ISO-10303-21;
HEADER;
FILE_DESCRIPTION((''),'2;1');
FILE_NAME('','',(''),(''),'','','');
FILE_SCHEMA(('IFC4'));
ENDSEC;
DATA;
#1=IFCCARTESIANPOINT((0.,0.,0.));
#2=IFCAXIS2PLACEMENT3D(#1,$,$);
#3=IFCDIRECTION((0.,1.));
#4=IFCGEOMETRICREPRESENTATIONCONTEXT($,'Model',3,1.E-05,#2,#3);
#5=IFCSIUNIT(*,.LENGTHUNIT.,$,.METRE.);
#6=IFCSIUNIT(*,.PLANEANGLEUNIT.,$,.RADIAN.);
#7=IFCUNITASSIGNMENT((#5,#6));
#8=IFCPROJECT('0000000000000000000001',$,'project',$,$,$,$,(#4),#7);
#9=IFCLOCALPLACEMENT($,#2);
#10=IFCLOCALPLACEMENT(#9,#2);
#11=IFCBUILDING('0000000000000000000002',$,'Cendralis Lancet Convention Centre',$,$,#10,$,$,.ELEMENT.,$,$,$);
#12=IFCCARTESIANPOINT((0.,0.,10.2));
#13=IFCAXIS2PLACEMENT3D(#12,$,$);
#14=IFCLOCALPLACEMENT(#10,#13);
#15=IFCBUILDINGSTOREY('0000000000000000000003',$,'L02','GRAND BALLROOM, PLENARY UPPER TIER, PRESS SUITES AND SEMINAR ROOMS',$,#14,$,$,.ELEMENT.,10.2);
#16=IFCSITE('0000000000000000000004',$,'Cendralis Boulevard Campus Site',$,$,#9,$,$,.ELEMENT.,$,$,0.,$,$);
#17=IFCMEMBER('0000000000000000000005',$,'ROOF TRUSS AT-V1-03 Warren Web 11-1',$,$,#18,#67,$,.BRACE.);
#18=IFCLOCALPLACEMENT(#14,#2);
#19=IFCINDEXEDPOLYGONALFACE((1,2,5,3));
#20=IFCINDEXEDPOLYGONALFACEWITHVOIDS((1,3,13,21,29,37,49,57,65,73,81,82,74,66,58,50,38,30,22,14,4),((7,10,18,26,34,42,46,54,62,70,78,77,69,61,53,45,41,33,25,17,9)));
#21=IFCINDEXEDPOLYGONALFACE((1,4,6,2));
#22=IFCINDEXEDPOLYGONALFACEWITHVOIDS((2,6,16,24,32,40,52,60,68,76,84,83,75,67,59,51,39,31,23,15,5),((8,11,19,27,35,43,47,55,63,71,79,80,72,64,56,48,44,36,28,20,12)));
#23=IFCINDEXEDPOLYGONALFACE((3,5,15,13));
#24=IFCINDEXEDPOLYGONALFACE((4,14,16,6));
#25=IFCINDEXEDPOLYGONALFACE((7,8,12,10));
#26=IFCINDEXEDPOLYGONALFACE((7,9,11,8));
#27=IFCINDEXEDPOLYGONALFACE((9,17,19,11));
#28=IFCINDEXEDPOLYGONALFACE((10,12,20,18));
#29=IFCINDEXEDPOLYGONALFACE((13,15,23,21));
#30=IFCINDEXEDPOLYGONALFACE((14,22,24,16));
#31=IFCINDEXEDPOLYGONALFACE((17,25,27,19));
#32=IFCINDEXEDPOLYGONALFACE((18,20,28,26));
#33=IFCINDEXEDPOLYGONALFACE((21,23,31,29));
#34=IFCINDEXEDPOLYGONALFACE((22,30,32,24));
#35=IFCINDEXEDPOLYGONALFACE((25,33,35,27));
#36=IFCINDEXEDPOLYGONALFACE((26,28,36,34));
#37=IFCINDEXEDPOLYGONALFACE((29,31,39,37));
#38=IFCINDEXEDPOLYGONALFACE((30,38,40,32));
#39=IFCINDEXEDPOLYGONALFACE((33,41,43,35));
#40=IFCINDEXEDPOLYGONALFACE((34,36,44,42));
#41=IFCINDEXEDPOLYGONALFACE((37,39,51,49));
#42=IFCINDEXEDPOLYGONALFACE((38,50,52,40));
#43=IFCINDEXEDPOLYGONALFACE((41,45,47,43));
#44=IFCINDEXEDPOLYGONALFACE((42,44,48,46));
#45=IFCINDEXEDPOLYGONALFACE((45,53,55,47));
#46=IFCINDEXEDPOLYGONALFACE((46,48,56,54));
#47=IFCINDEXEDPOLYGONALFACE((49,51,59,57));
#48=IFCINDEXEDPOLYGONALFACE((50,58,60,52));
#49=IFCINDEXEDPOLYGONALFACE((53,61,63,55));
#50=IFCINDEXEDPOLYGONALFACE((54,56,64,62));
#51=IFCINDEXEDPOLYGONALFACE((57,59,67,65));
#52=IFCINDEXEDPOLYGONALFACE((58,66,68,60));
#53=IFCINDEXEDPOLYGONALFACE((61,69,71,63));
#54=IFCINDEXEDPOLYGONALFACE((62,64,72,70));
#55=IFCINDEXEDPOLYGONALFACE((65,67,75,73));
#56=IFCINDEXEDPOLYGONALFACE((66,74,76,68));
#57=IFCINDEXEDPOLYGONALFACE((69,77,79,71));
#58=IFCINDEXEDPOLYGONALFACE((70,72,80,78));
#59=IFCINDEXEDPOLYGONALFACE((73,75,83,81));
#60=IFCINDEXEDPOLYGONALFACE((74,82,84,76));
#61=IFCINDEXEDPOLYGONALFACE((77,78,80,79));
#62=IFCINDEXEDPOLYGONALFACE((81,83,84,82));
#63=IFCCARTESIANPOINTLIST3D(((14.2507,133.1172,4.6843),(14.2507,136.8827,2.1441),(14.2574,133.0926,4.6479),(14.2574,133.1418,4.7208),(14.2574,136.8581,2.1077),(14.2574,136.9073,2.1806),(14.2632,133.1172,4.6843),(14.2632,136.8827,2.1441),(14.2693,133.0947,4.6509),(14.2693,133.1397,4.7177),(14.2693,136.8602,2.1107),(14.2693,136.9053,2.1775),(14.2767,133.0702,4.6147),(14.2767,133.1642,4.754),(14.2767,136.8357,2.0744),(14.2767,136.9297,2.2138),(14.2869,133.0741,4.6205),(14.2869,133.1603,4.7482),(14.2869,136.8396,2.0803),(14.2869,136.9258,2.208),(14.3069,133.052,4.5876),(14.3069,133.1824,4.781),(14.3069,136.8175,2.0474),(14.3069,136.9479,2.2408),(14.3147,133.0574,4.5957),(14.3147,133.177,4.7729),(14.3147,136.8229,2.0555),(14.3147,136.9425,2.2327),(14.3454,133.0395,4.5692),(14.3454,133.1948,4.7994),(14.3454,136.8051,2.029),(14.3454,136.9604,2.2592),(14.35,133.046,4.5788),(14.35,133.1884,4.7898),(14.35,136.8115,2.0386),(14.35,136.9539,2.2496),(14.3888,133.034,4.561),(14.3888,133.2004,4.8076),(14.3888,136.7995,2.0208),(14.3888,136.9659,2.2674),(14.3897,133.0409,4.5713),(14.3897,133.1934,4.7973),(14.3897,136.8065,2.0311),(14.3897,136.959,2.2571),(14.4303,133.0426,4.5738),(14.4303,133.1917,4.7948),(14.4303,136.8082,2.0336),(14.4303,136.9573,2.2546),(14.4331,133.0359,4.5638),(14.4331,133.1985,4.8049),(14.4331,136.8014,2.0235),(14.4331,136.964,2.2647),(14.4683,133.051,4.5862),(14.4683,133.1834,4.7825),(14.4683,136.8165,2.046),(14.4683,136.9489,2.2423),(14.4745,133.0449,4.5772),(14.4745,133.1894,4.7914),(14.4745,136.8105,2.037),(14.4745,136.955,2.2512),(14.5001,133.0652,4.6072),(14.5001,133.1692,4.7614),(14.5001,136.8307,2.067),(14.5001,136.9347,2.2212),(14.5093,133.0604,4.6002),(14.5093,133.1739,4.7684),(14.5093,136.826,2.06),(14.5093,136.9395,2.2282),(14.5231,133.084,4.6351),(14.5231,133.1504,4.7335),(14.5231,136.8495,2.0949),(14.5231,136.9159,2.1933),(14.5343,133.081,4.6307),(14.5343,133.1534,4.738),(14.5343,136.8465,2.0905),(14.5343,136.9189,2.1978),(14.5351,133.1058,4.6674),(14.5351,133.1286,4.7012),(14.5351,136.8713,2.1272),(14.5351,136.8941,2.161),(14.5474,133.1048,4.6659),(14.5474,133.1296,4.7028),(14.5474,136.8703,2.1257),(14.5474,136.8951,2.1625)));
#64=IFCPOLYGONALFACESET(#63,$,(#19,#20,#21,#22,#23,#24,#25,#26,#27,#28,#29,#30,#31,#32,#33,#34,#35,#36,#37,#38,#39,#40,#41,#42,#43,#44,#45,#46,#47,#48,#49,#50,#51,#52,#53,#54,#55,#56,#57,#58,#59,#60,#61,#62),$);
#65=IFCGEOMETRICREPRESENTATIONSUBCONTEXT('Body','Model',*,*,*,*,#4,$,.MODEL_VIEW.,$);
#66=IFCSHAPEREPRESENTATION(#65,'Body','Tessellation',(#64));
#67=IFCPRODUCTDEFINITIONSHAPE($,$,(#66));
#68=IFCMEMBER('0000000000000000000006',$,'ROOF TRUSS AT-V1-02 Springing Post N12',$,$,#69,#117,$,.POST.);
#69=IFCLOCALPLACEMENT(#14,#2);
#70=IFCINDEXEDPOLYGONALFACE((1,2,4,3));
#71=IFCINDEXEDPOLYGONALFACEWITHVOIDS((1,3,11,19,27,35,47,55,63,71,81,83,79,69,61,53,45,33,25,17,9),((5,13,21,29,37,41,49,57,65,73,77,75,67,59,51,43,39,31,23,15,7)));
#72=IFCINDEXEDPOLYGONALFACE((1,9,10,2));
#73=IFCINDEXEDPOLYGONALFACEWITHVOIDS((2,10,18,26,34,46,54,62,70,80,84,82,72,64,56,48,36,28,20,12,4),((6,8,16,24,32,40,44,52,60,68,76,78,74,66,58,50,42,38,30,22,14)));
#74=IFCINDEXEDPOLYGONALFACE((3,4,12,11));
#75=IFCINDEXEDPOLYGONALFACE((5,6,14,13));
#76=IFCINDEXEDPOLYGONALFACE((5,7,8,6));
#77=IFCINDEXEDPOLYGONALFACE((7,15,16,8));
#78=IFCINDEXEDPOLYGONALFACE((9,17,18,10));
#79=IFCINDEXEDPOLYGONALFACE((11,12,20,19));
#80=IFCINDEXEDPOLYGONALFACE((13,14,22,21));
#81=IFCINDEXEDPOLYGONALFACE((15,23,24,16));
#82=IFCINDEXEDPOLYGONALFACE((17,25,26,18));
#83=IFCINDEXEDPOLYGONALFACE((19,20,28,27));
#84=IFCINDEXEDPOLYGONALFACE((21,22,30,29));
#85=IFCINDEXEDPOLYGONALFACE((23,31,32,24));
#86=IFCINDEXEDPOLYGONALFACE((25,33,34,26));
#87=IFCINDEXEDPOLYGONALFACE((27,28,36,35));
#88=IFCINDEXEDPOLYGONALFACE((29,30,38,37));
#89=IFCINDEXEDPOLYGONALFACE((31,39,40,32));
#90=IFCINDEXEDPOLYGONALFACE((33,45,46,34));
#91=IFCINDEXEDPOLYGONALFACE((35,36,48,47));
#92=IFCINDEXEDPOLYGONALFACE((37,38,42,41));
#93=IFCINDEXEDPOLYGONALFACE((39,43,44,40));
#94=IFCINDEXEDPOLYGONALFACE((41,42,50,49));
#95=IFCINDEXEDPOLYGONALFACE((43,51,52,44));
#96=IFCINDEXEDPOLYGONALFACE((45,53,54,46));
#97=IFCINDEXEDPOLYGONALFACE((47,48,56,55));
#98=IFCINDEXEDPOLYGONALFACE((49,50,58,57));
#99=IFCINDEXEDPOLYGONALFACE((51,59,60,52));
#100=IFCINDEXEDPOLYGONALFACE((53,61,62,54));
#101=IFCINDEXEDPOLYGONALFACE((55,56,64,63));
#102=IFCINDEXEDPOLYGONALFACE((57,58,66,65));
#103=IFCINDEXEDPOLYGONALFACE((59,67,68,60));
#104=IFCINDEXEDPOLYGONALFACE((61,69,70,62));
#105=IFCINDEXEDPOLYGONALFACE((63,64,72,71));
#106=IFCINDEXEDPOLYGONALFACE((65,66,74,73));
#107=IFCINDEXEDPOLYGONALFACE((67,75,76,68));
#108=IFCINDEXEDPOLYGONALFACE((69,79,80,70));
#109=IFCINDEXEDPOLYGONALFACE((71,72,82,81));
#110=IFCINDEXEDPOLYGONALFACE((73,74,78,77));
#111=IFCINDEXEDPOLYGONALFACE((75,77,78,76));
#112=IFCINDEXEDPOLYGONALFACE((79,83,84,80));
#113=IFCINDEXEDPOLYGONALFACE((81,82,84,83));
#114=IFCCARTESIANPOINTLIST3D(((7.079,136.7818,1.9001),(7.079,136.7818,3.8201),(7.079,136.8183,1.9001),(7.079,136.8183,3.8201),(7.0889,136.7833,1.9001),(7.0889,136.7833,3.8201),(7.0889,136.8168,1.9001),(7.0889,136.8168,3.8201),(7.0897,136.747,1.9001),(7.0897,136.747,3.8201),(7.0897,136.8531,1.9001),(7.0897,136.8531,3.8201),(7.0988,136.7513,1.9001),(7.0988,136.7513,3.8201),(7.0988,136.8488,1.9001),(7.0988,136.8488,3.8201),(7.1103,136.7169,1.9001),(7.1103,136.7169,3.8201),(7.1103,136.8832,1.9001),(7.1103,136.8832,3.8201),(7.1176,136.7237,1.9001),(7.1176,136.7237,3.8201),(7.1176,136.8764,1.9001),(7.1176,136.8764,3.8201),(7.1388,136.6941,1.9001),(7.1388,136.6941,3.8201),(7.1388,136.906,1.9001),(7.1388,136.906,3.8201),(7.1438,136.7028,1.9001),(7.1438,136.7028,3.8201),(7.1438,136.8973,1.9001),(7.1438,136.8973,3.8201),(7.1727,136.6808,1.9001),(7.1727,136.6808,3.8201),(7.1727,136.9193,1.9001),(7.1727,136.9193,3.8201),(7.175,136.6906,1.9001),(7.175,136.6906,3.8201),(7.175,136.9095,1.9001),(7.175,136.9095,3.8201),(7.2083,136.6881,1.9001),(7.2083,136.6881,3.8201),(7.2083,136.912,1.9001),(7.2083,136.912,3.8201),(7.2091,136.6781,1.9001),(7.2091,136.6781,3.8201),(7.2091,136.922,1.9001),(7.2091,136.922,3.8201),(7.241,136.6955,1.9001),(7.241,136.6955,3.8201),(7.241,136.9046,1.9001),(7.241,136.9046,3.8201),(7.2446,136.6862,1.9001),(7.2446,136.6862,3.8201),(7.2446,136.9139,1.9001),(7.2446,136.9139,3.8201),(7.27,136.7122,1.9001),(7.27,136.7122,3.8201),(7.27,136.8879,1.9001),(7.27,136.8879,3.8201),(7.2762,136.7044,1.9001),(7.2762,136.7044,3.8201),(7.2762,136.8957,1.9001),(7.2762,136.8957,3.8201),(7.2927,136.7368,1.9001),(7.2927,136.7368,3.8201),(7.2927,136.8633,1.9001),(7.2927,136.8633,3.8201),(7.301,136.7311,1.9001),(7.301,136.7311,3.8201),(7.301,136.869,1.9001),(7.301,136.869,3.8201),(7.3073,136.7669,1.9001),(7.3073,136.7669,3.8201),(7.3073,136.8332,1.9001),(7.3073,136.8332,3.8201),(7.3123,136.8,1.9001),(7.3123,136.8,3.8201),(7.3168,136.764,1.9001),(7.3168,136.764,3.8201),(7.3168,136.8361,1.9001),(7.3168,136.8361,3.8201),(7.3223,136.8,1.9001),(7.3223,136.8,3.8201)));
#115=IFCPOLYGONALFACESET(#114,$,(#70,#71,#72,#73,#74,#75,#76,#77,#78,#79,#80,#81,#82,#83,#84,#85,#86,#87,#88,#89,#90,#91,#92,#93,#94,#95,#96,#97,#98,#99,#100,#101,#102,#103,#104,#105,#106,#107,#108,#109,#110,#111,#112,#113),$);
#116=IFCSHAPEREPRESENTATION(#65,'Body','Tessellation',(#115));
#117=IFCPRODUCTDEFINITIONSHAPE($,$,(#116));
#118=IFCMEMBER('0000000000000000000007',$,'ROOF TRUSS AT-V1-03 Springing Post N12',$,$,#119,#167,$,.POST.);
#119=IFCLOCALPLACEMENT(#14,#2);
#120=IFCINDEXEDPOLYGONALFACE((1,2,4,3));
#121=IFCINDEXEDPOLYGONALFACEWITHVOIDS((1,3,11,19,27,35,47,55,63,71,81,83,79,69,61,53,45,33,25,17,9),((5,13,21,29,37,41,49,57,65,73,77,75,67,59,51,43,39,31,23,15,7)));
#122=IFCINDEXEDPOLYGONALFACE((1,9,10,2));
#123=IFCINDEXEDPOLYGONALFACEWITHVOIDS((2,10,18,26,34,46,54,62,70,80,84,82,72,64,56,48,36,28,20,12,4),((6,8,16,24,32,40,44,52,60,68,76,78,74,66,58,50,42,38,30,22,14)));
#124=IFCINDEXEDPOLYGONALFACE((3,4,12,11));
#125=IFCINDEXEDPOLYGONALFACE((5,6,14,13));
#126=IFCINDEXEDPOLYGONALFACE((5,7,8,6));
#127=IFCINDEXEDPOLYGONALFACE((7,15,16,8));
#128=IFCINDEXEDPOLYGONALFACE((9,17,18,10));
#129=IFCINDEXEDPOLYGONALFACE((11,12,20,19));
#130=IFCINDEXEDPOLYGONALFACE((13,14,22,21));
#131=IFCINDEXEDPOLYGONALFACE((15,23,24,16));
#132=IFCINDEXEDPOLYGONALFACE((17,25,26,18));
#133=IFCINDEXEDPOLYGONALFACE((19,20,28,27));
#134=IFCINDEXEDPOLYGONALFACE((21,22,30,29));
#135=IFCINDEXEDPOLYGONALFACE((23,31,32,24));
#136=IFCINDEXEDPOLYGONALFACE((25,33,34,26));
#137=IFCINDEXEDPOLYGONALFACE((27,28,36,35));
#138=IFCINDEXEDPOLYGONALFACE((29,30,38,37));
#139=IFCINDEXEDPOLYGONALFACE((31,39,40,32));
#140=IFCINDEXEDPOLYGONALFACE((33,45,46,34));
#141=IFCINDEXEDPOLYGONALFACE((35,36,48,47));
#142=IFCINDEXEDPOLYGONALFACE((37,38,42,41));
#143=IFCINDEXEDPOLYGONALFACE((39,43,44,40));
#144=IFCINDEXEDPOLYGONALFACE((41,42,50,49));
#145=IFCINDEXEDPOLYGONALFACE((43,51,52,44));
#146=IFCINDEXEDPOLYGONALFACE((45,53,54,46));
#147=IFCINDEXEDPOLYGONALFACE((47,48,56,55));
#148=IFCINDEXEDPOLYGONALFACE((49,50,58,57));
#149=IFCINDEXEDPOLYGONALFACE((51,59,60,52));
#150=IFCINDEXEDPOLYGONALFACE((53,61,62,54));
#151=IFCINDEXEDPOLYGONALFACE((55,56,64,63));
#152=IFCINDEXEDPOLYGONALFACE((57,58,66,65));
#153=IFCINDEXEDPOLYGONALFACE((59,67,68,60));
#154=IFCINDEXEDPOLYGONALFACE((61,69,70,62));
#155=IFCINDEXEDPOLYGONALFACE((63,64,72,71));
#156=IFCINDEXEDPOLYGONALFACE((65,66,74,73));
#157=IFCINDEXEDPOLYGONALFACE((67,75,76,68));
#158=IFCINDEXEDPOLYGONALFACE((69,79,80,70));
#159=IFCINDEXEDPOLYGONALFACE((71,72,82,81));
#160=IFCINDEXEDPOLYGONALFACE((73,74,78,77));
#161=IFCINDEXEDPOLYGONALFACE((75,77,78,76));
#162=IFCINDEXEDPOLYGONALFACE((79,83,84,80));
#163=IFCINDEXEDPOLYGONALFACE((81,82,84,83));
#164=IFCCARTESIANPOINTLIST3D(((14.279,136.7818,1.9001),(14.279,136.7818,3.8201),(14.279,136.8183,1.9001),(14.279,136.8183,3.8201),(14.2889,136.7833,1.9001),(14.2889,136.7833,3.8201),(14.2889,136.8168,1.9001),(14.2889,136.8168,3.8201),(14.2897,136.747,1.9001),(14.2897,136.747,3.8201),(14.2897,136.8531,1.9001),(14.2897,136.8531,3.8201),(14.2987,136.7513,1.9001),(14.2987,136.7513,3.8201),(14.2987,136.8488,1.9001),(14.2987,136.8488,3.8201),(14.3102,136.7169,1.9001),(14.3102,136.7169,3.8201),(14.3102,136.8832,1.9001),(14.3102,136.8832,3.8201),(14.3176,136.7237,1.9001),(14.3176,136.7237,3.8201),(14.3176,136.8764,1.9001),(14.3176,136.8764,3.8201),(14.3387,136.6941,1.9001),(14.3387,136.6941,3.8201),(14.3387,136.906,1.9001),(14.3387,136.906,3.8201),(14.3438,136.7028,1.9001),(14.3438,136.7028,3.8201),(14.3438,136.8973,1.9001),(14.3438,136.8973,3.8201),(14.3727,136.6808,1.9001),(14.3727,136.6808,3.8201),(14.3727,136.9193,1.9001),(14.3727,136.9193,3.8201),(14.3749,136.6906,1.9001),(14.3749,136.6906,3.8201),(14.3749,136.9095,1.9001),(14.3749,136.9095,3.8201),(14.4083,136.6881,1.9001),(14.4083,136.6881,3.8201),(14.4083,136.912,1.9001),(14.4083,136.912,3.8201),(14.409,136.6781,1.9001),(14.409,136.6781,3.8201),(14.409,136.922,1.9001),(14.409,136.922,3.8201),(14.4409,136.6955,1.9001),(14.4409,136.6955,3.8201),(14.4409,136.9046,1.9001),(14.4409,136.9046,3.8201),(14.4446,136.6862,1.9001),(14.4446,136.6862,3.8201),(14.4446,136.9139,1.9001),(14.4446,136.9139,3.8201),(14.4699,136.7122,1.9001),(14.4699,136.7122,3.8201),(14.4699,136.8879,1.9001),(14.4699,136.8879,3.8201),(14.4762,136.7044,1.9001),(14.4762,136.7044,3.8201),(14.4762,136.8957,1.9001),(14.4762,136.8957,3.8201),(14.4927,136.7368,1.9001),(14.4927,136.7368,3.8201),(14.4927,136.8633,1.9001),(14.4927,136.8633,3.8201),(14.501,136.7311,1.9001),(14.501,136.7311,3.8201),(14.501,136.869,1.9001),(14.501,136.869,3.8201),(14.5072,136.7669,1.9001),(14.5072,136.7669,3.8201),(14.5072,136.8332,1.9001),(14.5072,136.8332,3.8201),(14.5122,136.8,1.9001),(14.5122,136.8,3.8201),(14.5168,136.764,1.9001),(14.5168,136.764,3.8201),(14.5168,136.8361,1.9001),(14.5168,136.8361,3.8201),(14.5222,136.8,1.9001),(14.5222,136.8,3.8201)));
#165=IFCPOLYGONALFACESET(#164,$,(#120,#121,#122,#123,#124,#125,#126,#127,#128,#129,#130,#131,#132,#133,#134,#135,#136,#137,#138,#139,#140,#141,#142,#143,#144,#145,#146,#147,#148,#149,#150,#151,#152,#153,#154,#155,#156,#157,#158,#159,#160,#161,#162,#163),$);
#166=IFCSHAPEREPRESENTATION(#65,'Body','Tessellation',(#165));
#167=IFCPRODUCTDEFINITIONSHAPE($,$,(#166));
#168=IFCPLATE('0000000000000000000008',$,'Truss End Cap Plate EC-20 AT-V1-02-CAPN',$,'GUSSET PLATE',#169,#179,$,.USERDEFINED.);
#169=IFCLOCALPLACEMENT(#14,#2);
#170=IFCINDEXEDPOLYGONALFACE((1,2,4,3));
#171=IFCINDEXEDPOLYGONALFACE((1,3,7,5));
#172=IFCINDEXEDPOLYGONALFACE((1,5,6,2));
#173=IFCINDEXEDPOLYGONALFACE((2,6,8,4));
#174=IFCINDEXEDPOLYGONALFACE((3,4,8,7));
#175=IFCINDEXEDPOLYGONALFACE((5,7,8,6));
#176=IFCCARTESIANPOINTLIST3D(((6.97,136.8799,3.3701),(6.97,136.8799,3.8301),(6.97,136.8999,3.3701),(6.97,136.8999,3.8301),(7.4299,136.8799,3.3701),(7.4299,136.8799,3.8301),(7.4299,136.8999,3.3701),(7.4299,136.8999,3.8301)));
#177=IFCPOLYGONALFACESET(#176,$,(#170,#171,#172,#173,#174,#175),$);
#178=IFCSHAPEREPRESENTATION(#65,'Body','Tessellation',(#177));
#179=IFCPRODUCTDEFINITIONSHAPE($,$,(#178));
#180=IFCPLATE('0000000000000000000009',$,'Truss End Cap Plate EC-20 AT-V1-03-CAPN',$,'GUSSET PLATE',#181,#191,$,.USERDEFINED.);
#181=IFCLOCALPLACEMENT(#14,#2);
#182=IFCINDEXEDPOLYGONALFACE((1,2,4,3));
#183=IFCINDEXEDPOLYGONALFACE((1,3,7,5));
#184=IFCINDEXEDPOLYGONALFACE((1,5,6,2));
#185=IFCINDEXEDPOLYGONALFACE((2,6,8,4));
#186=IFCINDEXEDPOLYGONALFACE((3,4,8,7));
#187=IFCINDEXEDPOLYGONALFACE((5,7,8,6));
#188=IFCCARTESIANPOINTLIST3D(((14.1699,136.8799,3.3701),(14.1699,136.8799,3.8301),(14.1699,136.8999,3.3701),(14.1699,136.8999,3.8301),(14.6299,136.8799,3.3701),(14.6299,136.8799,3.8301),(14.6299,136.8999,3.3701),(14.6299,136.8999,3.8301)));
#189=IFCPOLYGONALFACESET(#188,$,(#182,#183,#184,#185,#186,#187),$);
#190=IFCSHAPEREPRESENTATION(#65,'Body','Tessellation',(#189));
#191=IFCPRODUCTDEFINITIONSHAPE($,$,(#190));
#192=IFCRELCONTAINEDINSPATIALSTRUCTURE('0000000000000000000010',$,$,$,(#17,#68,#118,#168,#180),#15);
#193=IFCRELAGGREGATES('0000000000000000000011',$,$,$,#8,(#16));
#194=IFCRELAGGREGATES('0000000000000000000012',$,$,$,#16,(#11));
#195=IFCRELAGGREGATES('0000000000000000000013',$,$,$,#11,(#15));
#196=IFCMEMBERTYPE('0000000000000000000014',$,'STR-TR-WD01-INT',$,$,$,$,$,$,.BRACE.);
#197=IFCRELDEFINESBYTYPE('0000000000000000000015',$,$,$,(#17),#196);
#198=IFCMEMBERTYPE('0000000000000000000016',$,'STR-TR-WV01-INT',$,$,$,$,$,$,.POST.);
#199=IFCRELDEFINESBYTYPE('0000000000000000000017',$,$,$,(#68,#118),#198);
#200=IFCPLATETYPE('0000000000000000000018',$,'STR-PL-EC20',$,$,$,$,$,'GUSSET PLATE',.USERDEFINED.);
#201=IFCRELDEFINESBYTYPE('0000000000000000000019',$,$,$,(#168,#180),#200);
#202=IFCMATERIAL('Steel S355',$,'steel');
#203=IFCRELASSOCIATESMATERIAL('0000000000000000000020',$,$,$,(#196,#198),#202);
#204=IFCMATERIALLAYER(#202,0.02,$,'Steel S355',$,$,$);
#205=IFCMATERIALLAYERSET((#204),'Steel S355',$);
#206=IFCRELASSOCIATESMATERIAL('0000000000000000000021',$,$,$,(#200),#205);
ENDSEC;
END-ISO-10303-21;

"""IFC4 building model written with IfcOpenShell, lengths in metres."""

from ifc_helpers import new_model, si_unit, direction, frame, origin, origin_2d, place, context, subcontext, project, spatial, rectangle, hollow_circle, extrude, material, layer, layer_set, material_profile, profile_set, type_object, element, save


model = new_model("IFC4")

# Units and contexts
model_context = context("Model", 3, precision=1e-05, world=origin(), true_north=direction((0.0, 1.0)))
body_context = subcontext(model_context, "Body", "Model", "MODEL_VIEW")
ifc_project = project(units=[si_unit("LENGTHUNIT", "METRE"), si_unit("PLANEANGLEUNIT", "RADIAN")], contexts=[model_context])

# Site, building, storey
site_placement = place(None, origin())
site = spatial("IfcSite", under=ifc_project, at=site_placement, Name="Cendralis Boulevard Campus Site", CompositionType="ELEMENT", RefElevation=0.0)
building_placement = place(site_placement, origin())
building = spatial("IfcBuilding", under=site, at=building_placement, Name="Cendralis Lancet Convention Centre", CompositionType="ELEMENT")
storey_placement = place(building_placement, frame((0.0, 0.0, 10.2)))
storey = spatial("IfcBuildingStorey", under=building, at=storey_placement, Name="L02", Description="GRAND BALLROOM, PLENARY UPPER TIER, PRESS SUITES AND SEMINAR ROOMS", CompositionType="ELEMENT", Elevation=10.2)

# Members
ifc_material_1 = material(Name="Steel S355", Category="steel")
ifc_material_profile_1 = material_profile(ifc_material_1, hollow_circle(Radius=0.1492, WallThickness=0.0125, at=origin_2d()), Name="CHS 298.5x12.5")
ifc_profile_set_1 = profile_set([ifc_material_profile_1], Name="Steel S355")
member_type_1 = type_object("IfcMemberType", Name="STR-TR-WD01-INT", PredefinedType="BRACE", material=ifc_profile_set_1)
member_1_placement = place(storey_placement, frame((14.3999, 133.1172, 4.6843), z_axis=(0.0, 0.829003, -0.559244), x_axis=(-1.0, 0.0, 0.0)))
element("IfcMember", 1, at=member_1_placement, inside=storey, type_object=member_type_1, Name="ROOF TRUSS AT-V1-03 Warren Web 11-1", PredefinedType="BRACE", context=body_context, shape_type="SweptSolid", body=[
    extrude(hollow_circle(Radius=0.1492, WallThickness=0.0125, at=origin_2d()), origin(), (0.0, 0.0, 1.0), 4.5422),
])
ifc_material_profile_2 = material_profile(ifc_material_1, hollow_circle(Radius=0.1223, WallThickness=0.01, at=origin_2d()), Name="CHS 244.5x10.0")
ifc_profile_set_2 = profile_set([ifc_material_profile_2], Name="Steel S355")
member_type_2 = type_object("IfcMemberType", Name="STR-TR-WV01-INT", PredefinedType="POST", material=ifc_profile_set_2)
for number, where, z_axis, x_axis, name in (
    (2, (7.2, 136.8, 1.9001), (0.0, 0.0, 1.0), (1.0, 0.0, 0.0), "ROOF TRUSS AT-V1-02 Springing Post N12"),
    (3, (14.3999, 136.8, 1.9001), (0.0, 0.0, 1.0), (1.0, 0.0, 0.0), "ROOF TRUSS AT-V1-03 Springing Post N12"),
):
    element("IfcMember", number, at=place(storey_placement, frame(where, z_axis=z_axis, x_axis=x_axis)), inside=storey, type_object=member_type_2, Name=name, PredefinedType="POST", context=body_context, shape_type="SweptSolid", body=[
        extrude(hollow_circle(Radius=0.1223, WallThickness=0.01, at=origin_2d()), origin(), (0.0, 0.0, 1.0), 1.9199),
    ])

# Plates
ifc_layer_1 = layer(ifc_material_1, 0.02, Name="Steel S355")
ifc_layer_set_1 = layer_set([ifc_layer_1], Name="Steel S355")
plate_type_1 = type_object("IfcPlateType", Name="STR-PL-EC20", ElementType="GUSSET PLATE", PredefinedType="USERDEFINED", material=ifc_layer_set_1)
for number, where, z_axis, x_axis, name in (
    (4, (7.2, 136.8899, 3.3701), (0.0, 0.0, 1.0), (1.0, 0.0, 0.0), "Truss End Cap Plate EC-20 AT-V1-02-CAPN"),
    (5, (14.3999, 136.8899, 3.3701), (0.0, 0.0, 1.0), (1.0, 0.0, 0.0), "Truss End Cap Plate EC-20 AT-V1-03-CAPN"),
):
    element("IfcPlate", number, at=place(storey_placement, frame(where, z_axis=z_axis, x_axis=x_axis)), inside=storey, type_object=plate_type_1, Name=name, ObjectType="GUSSET PLATE", PredefinedType="USERDEFINED", context=body_context, shape_type="SweptSolid", body=[
        extrude(rectangle(XDim=0.46, YDim=0.02, at=origin_2d()), origin(), (0.0, 0.0, 1.0), 0.46),
    ])

save(model, "model.ifc")
